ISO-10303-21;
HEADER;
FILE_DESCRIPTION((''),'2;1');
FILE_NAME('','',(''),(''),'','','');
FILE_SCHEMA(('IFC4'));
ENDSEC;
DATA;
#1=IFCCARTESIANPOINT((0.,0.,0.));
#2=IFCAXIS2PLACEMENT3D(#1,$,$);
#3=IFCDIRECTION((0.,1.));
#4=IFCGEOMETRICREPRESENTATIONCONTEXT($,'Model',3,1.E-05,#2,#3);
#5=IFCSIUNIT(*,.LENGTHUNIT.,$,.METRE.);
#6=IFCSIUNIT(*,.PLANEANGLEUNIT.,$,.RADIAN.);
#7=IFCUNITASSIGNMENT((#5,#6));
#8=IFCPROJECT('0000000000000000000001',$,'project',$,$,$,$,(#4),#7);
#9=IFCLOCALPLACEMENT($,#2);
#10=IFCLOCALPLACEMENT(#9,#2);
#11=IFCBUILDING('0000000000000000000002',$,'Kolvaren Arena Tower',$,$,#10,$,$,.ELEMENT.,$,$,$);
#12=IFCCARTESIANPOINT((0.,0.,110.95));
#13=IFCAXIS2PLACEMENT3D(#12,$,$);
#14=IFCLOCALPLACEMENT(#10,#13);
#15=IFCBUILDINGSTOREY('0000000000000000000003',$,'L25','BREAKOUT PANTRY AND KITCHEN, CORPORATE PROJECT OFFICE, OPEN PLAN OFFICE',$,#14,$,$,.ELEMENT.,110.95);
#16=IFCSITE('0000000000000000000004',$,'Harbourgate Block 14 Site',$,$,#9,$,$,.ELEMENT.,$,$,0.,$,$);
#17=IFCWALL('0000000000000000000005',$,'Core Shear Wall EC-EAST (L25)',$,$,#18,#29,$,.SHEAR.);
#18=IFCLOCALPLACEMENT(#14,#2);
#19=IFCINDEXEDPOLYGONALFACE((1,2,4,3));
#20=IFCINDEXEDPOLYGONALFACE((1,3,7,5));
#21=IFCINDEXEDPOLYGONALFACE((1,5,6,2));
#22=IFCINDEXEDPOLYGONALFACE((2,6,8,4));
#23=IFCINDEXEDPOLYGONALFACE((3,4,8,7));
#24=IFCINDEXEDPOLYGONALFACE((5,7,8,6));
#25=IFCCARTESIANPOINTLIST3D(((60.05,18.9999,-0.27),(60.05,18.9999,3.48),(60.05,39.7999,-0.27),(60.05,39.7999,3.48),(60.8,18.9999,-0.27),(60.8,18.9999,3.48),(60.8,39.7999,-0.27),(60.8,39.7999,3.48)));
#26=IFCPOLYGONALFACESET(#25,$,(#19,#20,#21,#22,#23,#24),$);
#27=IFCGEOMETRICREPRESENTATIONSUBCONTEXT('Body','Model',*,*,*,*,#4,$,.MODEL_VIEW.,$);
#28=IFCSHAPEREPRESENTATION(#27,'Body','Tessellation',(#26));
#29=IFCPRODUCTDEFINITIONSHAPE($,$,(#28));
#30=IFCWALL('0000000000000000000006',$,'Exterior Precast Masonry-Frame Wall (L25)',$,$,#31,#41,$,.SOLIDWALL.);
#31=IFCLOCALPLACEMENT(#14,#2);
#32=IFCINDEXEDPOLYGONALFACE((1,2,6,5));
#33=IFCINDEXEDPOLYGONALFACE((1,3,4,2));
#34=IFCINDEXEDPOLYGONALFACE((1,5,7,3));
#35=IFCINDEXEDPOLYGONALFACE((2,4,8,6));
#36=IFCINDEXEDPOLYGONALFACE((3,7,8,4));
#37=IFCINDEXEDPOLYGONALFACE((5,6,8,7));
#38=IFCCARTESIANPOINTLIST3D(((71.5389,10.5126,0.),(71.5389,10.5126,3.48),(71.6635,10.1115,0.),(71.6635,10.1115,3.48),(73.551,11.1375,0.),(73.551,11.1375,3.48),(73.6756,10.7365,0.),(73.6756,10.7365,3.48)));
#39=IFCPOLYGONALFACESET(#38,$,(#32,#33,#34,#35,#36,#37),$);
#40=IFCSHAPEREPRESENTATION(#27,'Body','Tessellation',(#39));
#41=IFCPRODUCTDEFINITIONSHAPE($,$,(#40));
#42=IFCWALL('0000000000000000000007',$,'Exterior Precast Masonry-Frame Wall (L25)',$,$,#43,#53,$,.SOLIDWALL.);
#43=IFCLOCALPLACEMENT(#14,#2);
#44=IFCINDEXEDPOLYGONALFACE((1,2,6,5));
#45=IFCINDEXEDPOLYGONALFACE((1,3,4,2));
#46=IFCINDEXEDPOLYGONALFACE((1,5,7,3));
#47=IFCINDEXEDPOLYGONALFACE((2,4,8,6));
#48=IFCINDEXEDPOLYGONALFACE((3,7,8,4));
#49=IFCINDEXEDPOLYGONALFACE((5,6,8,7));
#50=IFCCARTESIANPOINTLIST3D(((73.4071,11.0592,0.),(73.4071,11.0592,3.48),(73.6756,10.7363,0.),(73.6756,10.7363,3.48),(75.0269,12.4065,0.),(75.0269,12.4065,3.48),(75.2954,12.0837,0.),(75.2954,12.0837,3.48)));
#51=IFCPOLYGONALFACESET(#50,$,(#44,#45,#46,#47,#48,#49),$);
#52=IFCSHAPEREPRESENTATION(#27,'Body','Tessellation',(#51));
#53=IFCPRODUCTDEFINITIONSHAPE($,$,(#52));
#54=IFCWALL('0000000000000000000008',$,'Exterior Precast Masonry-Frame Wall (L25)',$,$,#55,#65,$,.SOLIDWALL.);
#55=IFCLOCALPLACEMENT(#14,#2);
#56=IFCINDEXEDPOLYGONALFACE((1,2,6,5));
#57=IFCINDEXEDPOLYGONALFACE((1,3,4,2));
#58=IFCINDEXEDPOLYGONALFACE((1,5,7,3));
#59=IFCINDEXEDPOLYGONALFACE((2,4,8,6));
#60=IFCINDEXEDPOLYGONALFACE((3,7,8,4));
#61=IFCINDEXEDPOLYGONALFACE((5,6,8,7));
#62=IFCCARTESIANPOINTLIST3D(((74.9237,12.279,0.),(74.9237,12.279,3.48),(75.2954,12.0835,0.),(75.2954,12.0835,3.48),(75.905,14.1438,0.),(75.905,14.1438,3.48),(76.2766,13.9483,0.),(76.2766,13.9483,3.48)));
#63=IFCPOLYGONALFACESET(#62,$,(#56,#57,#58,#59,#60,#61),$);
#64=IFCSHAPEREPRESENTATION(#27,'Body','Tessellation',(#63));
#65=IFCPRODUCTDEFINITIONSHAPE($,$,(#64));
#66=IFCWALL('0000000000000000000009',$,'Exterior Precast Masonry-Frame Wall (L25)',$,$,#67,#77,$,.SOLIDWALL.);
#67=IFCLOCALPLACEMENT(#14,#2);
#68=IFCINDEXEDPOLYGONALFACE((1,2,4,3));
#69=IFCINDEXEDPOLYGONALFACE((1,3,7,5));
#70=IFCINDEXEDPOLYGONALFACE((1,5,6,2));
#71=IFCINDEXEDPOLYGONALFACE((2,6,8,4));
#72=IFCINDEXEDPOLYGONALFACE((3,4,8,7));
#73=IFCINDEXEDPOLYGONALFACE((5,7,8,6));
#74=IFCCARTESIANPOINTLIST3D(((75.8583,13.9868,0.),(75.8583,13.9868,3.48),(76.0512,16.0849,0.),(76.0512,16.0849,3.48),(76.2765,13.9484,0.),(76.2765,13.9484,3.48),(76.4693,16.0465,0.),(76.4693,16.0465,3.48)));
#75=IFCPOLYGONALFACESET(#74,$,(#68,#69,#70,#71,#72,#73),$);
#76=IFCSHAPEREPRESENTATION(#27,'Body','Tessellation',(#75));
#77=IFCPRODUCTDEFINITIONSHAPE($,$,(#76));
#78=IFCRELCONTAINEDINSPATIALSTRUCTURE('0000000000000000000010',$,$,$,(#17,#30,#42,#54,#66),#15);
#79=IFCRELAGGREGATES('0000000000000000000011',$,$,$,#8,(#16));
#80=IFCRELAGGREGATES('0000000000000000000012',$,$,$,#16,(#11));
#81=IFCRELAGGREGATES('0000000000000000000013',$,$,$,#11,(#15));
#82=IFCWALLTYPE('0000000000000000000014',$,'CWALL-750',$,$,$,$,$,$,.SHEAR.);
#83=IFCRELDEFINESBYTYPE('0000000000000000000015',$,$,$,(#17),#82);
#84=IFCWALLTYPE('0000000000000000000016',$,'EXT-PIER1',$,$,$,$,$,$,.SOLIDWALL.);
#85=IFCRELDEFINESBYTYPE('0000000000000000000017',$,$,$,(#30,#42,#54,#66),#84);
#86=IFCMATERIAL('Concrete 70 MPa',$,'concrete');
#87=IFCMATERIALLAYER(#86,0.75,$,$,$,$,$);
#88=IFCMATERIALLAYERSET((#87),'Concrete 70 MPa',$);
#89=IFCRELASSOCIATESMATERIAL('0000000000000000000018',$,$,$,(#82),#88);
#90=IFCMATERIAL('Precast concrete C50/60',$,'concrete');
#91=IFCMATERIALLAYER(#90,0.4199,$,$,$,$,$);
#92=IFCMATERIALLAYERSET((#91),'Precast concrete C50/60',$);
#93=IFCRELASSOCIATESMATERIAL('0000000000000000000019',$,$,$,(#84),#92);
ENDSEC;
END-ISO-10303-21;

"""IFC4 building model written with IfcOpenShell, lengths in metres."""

from ifc_helpers import new_model, si_unit, direction, frame, frame_2d, origin, place, context, subcontext, project, spatial, rectangle, extrude, material, layer, layer_set, type_object, element, save


model = new_model("IFC4")

# Units and contexts
model_context = context("Model", 3, precision=1e-05, world=origin(), true_north=direction((0.0, 1.0)))
body_context = subcontext(model_context, "Body", "Model", "MODEL_VIEW")
ifc_project = project(units=[si_unit("LENGTHUNIT", "METRE"), si_unit("PLANEANGLEUNIT", "RADIAN")], contexts=[model_context])

# Site, building, storey
site_placement = place(None, origin())
site = spatial("IfcSite", under=ifc_project, at=site_placement, Name="Harbourgate Block 14 Site", CompositionType="ELEMENT", RefElevation=0.0)
building_placement = place(site_placement, origin())
building = spatial("IfcBuilding", under=site, at=building_placement, Name="Kolvaren Arena Tower", CompositionType="ELEMENT")
storey_placement = place(building_placement, frame((0.0, 0.0, 110.95)))
storey = spatial("IfcBuildingStorey", under=building, at=storey_placement, Name="L25", Description="BREAKOUT PANTRY AND KITCHEN, CORPORATE PROJECT OFFICE, OPEN PLAN OFFICE", CompositionType="ELEMENT", Elevation=110.95)

# Walls
ifc_material_1 = material(Name="Concrete 70 MPa", Category="concrete")
ifc_layer_1 = layer(ifc_material_1, 0.75)
ifc_layer_set_1 = layer_set([ifc_layer_1], Name="Concrete 70 MPa")
wall_type_1 = type_object("IfcWallType", Name="CWALL-750", PredefinedType="SHEAR", material=ifc_layer_set_1)
wall_1_placement = place(storey_placement, frame((60.425, 19.0, -0.27), z_axis=(0.0, 0.0, 1.0), x_axis=(0.0, 1.0, 0.0)))
element("IfcWall", 1, at=wall_1_placement, inside=storey, type_object=wall_type_1, Name="Core Shear Wall EC-EAST (L25)", PredefinedType="SHEAR", context=body_context, shape_type="SweptSolid", body=[
    extrude(rectangle(XDim=20.8, YDim=0.75, at=frame_2d((10.3999, 0.0))), origin(), (0.0, 0.0, 1.0), 3.75),
])
ifc_material_2 = material(Name="Precast concrete C50/60", Category="concrete")
ifc_layer_2 = layer(ifc_material_2, 0.4199)
ifc_layer_set_2 = layer_set([ifc_layer_2], Name="Precast concrete C50/60")
wall_type_2 = type_object("IfcWallType", Name="EXT-PIER1", PredefinedType="SOLIDWALL", material=ifc_layer_set_2)
for number, where, z_axis, x_axis, name in (
    (2, (73.6133, 10.937, 0.0), (0.0, 0.0, 1.0), (-0.954994, -0.296625, 0.0), "Exterior Precast Masonry-Frame Wall (L25)"),
    (3, (75.1611, 12.2451, 0.0), (0.0, 0.0, 1.0), (-0.7688, -0.639489, 0.0), "Exterior Precast Masonry-Frame Wall (L25)"),
):
    element("IfcWall", number, at=place(storey_placement, frame(where, z_axis=z_axis, x_axis=x_axis)), inside=storey, type_object=wall_type_2, Name=name, PredefinedType="SOLIDWALL", context=body_context, shape_type="SweptSolid", body=[
        extrude(rectangle(XDim=2.1069, YDim=0.4199, at=frame_2d((1.0535, 0.0))), origin(), (0.0, 0.0, 1.0), 3.48),
    ])
wall_2_placement = place(storey_placement, frame((76.0908, 14.0461, 0.0), z_axis=(0.0, 0.0, 1.0), x_axis=(-0.465656, -0.884966, 0.0)))
element("IfcWall", 4, at=wall_2_placement, inside=storey, type_object=wall_type_2, Name="Exterior Precast Masonry-Frame Wall (L25)", PredefinedType="SOLIDWALL", context=body_context, shape_type="SweptSolid", body=[
    extrude(rectangle(XDim=2.1072, YDim=0.4199, at=frame_2d((1.0537, 0.0))), origin(), (0.0, 0.0, 1.0), 3.48),
])
wall_3_placement = place(storey_placement, frame((76.2603, 16.0657, 0.0), z_axis=(0.0, 0.0, 1.0), x_axis=(-0.091539, -0.995802, 0.0)))
element("IfcWall", 5, at=wall_3_placement, inside=storey, type_object=wall_type_2, Name="Exterior Precast Masonry-Frame Wall (L25)", PredefinedType="SOLIDWALL", context=body_context, shape_type="SweptSolid", body=[
    extrude(rectangle(XDim=2.1069, YDim=0.4199, at=frame_2d((1.0535, 0.0))), origin(), (0.0, 0.0, 1.0), 3.48),
])

save(model, "model.ifc")
